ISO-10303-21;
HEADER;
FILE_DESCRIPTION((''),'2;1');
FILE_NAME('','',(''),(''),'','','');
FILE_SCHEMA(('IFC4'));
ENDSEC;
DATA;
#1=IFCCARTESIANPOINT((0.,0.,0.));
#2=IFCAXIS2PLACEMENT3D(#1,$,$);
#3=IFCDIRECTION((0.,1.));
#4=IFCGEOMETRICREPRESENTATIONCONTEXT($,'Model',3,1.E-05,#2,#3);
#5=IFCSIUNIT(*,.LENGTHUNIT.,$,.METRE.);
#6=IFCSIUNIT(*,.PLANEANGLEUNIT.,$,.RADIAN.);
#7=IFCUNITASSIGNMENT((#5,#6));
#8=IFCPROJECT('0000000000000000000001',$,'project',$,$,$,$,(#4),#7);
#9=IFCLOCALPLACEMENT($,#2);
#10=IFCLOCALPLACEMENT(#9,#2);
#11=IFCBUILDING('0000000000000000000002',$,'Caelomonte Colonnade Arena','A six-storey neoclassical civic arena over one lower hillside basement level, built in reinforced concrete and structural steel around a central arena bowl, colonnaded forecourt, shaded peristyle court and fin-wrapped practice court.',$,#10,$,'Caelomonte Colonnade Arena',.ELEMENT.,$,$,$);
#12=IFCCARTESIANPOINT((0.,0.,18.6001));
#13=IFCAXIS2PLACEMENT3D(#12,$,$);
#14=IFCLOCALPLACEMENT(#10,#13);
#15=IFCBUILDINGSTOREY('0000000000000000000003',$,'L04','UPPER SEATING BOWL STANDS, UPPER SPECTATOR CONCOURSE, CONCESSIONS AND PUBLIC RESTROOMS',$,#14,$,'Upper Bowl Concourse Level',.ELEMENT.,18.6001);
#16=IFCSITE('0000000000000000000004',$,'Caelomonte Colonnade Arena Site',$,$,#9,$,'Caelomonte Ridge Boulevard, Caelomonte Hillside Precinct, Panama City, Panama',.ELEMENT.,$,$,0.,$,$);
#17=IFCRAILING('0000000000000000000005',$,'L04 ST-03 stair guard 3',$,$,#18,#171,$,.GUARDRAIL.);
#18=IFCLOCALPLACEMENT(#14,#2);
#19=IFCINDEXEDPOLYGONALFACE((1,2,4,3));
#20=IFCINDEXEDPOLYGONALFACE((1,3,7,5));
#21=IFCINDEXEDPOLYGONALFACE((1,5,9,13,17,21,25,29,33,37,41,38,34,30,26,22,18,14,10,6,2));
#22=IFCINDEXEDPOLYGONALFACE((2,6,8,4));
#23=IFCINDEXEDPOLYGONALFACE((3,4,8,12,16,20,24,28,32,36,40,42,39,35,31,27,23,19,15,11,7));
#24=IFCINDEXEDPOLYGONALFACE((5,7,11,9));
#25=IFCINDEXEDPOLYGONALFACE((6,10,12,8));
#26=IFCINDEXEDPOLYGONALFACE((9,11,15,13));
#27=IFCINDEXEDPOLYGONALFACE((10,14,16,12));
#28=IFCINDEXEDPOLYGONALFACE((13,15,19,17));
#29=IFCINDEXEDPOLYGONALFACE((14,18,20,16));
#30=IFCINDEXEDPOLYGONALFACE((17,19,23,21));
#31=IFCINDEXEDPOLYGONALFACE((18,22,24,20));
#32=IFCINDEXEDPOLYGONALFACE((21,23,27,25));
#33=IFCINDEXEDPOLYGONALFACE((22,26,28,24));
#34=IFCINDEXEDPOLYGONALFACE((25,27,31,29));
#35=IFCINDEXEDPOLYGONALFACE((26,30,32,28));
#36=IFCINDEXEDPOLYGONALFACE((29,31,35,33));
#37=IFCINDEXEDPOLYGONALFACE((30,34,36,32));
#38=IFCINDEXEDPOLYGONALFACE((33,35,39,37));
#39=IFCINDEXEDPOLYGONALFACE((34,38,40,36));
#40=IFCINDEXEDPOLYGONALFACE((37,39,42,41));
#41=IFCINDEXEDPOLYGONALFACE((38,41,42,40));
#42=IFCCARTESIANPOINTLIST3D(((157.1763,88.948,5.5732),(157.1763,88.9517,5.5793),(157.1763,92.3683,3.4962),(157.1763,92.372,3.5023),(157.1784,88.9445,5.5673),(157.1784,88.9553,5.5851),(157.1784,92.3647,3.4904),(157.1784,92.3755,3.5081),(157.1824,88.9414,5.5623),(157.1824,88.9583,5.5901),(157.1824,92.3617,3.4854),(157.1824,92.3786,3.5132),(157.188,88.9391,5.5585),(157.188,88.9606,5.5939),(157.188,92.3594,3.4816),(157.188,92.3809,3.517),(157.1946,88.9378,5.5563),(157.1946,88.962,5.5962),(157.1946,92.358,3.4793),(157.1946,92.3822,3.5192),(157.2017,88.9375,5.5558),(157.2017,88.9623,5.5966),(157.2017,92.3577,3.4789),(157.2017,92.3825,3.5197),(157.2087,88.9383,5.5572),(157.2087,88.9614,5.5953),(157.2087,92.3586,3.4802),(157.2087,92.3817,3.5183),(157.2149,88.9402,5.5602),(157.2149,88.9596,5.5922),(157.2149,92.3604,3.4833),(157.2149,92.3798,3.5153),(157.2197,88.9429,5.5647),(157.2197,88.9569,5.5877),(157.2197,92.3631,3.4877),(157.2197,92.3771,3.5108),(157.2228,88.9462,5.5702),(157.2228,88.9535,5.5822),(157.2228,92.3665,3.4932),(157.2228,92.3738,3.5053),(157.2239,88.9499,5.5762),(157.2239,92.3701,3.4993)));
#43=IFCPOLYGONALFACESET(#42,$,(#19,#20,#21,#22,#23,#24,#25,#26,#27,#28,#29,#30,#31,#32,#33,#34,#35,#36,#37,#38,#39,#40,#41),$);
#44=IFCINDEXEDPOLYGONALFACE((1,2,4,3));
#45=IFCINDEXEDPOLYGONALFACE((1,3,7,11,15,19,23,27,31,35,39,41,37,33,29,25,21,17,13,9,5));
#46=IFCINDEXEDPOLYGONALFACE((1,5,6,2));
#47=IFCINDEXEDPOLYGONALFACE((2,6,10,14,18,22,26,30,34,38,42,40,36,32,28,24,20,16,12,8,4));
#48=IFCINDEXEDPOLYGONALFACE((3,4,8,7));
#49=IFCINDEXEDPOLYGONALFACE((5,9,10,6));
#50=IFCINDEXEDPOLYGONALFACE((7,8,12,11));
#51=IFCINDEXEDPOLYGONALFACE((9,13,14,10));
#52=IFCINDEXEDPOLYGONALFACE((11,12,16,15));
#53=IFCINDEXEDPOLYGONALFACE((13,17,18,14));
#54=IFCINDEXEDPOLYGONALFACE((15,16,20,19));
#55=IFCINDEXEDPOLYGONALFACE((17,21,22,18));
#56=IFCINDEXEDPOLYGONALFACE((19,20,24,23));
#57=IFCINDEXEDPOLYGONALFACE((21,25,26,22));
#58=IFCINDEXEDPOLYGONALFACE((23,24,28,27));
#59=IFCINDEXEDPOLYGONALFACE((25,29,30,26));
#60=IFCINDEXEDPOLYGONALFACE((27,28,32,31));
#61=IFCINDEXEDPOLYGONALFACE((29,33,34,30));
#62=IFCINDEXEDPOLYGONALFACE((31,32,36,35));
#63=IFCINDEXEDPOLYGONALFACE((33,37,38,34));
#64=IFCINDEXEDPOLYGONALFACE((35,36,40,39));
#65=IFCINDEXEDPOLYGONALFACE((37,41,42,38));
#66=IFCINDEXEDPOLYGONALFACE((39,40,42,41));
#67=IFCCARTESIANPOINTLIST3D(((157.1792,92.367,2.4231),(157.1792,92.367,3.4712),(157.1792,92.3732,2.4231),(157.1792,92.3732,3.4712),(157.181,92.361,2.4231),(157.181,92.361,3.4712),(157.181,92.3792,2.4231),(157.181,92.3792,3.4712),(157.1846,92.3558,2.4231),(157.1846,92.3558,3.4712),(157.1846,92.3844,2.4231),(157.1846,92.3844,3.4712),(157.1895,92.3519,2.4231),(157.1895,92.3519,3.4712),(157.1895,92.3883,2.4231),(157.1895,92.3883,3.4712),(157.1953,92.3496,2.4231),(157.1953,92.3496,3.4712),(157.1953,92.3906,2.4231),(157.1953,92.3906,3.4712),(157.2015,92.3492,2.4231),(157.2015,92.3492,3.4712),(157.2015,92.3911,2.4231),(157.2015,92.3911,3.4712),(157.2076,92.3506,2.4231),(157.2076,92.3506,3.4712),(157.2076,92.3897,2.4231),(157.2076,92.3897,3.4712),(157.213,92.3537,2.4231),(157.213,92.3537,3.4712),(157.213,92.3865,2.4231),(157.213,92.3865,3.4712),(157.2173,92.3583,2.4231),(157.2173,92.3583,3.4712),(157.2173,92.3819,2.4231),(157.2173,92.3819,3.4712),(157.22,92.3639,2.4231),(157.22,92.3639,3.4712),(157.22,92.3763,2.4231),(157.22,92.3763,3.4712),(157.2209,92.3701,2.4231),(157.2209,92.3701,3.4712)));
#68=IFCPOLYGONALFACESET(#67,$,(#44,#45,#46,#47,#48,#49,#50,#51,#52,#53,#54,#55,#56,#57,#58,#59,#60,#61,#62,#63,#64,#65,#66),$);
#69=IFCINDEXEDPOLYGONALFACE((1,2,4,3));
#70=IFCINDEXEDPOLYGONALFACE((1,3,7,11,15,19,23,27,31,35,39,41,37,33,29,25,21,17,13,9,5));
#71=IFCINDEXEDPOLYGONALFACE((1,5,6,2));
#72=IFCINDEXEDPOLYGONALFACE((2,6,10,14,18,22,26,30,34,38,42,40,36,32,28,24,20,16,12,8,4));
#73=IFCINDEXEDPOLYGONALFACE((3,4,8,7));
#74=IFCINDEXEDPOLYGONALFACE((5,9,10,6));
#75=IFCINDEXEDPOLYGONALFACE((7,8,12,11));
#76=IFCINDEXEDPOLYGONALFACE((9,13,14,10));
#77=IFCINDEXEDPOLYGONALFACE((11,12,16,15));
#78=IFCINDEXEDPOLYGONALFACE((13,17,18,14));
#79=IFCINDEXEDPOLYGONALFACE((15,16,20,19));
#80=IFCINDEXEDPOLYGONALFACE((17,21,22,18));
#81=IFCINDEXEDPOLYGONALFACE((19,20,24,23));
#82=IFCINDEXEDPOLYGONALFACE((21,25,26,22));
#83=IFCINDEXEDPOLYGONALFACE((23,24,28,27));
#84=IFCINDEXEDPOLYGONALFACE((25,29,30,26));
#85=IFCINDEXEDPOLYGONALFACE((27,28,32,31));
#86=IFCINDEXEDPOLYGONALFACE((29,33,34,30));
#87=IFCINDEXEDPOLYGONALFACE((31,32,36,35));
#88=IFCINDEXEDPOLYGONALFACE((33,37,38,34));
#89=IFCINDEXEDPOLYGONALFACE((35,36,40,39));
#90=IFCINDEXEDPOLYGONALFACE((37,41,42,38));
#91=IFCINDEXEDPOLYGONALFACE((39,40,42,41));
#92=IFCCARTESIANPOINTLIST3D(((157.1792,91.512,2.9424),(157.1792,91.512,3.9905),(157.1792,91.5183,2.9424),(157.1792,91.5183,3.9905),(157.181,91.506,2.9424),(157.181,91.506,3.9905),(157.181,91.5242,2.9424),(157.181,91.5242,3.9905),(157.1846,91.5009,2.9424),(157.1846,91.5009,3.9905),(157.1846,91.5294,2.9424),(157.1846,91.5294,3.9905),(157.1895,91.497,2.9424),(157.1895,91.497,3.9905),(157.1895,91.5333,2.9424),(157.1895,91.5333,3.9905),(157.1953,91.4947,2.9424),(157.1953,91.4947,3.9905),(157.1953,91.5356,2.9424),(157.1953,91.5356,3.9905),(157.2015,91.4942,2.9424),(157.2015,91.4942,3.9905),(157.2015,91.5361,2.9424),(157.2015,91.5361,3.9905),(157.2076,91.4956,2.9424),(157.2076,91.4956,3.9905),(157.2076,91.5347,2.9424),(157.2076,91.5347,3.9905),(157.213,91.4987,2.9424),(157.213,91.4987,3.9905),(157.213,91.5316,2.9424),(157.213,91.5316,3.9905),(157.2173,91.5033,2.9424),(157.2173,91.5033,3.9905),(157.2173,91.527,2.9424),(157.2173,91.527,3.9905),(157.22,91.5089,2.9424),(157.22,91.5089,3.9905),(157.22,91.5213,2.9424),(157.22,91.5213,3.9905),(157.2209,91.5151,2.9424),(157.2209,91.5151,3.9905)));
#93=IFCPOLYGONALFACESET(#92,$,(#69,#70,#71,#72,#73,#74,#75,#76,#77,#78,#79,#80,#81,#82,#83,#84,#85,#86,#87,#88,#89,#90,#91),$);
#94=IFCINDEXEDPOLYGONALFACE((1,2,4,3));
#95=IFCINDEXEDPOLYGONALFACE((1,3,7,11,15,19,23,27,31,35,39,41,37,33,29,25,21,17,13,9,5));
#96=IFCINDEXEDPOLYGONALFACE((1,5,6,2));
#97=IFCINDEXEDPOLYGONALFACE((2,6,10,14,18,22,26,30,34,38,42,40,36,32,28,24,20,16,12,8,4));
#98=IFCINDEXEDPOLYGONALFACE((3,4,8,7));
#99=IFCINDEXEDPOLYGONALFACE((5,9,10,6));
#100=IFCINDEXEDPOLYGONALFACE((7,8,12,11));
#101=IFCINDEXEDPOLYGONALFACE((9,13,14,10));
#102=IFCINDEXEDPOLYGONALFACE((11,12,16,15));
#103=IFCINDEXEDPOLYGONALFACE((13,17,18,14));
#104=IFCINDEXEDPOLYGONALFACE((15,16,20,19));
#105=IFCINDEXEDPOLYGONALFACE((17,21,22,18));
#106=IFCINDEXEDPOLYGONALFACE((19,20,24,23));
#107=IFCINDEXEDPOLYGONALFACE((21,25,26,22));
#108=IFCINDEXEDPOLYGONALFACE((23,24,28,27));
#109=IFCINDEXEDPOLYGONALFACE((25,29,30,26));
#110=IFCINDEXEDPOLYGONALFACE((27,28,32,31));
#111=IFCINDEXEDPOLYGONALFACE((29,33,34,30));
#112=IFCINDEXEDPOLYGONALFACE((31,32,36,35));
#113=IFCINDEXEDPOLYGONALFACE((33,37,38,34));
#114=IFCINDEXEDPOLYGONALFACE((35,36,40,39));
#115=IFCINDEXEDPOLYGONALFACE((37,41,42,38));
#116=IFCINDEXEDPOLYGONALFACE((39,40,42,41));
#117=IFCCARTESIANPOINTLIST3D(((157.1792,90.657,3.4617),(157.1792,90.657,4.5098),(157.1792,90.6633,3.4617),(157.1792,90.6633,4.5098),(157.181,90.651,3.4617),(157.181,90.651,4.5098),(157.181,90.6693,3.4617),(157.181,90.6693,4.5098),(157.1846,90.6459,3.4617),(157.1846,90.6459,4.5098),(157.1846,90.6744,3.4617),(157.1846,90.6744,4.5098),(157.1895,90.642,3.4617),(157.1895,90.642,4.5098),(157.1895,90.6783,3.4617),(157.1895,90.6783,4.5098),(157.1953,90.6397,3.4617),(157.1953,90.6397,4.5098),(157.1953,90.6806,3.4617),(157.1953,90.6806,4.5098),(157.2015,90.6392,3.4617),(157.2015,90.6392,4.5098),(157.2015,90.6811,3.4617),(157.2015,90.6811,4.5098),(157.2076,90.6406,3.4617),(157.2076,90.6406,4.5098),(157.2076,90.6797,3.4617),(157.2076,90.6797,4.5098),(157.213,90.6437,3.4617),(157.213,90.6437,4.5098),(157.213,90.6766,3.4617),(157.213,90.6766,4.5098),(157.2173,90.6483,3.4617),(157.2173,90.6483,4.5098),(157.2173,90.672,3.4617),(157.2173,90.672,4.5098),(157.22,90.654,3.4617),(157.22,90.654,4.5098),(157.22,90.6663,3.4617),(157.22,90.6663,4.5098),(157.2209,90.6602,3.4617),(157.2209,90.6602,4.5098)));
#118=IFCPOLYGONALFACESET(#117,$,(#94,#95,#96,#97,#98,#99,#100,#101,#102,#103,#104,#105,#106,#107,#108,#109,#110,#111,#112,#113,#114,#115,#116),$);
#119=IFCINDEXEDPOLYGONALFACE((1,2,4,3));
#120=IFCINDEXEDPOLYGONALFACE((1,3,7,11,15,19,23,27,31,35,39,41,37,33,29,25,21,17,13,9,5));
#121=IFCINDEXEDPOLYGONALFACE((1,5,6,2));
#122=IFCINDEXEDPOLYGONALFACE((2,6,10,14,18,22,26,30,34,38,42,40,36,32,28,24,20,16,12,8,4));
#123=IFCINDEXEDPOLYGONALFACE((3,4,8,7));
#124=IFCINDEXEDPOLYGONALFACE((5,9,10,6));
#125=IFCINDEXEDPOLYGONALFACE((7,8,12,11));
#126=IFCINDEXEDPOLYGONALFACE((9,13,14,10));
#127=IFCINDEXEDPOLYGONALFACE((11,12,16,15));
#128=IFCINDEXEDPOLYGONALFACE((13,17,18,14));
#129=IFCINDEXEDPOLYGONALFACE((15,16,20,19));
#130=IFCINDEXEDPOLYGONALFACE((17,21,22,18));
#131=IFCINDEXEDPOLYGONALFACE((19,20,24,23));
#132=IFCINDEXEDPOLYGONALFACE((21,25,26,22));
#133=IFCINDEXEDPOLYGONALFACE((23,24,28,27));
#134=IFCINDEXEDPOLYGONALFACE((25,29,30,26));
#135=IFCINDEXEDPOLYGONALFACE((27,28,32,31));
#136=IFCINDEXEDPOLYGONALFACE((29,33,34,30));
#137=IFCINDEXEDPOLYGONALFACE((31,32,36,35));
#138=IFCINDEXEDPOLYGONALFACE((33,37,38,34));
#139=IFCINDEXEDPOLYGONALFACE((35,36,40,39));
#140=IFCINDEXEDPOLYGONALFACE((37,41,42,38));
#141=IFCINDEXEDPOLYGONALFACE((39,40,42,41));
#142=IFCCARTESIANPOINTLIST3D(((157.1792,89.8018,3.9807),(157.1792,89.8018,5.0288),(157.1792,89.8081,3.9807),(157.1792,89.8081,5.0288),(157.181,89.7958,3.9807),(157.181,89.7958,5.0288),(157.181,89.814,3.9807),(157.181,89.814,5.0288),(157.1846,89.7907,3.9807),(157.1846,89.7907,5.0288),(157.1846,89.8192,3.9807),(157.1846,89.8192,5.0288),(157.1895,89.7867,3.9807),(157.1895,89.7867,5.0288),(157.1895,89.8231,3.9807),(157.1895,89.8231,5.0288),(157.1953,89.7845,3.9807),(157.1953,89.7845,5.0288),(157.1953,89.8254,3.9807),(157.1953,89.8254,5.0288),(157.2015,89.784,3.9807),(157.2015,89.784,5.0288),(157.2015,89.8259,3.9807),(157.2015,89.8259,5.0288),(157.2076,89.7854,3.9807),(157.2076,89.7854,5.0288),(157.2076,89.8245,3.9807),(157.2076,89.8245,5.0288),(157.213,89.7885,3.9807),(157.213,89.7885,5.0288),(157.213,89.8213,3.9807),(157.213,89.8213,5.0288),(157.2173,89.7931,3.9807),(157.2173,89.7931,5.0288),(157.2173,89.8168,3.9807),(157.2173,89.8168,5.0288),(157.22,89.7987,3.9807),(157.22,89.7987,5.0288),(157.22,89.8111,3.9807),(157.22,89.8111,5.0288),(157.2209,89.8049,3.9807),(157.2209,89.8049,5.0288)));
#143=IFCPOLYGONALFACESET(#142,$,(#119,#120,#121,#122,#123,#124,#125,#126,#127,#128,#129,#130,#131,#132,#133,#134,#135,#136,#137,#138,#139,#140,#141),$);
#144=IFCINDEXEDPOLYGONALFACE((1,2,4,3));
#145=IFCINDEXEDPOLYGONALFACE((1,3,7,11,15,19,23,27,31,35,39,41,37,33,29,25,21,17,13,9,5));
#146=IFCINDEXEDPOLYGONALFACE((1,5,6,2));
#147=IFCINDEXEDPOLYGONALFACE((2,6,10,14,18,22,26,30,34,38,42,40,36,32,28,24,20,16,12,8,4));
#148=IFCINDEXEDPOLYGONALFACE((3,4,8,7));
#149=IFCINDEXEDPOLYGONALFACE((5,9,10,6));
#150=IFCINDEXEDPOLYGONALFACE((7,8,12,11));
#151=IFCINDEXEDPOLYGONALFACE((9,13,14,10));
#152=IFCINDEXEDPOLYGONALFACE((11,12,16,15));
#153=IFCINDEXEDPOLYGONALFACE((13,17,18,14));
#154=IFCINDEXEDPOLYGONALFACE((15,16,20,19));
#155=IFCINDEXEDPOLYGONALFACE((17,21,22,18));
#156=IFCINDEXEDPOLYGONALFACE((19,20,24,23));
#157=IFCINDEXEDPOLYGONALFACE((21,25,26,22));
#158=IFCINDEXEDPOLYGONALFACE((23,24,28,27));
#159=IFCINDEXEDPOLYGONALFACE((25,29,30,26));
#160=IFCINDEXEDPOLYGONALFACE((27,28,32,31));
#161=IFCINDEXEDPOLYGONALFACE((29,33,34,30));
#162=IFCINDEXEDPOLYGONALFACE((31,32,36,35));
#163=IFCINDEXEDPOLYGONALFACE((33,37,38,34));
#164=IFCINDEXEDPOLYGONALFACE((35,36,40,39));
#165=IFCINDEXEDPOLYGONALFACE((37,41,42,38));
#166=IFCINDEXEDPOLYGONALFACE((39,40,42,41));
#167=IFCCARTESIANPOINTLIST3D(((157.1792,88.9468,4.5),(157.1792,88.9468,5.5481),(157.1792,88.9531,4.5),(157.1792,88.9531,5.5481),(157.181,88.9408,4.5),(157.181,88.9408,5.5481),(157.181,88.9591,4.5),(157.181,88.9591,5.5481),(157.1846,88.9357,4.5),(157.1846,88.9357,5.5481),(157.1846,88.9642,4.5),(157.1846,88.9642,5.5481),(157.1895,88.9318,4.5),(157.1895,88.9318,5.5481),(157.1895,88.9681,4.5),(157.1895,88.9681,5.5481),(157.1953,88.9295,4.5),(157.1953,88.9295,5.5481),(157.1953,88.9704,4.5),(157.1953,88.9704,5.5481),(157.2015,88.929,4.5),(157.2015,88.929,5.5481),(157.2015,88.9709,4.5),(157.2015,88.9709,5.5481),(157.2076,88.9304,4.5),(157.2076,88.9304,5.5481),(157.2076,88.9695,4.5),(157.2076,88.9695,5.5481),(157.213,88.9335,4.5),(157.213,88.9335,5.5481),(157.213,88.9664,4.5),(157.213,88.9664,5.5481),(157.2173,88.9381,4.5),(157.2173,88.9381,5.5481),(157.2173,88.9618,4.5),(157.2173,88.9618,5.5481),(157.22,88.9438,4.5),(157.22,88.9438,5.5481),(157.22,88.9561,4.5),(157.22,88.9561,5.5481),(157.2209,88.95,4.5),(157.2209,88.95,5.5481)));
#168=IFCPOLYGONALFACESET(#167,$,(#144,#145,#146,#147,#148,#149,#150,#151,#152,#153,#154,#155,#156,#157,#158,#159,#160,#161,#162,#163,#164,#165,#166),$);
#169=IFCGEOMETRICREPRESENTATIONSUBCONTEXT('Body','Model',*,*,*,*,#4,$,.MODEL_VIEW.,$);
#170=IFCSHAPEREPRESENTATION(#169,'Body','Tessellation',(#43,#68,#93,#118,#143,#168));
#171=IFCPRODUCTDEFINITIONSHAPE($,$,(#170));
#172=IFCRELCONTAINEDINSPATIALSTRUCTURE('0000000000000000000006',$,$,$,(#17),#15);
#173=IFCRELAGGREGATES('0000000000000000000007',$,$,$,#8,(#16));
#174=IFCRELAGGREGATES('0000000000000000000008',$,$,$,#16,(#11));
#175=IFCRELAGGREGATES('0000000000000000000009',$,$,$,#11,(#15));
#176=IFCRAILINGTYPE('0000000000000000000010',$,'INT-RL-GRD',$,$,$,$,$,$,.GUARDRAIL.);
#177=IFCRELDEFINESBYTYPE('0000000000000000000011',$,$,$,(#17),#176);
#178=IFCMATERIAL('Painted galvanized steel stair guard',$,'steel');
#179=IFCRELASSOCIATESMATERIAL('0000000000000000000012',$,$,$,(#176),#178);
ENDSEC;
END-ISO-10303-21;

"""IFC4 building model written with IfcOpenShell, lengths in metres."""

from ifc_helpers import new_model, si_unit, direction, frame, origin, origin_2d, place, context, subcontext, project, spatial, circle, extrude, material, type_object, element, save


model = new_model("IFC4")

# Units and contexts
model_context = context("Model", 3, precision=1e-05, world=origin(), true_north=direction((0.0, 1.0)))
body_context = subcontext(model_context, "Body", "Model", "MODEL_VIEW")
ifc_project = project(units=[si_unit("LENGTHUNIT", "METRE"), si_unit("PLANEANGLEUNIT", "RADIAN")], contexts=[model_context])

# Site, building, storey
site_placement = place(None, origin())
site = spatial("IfcSite", under=ifc_project, at=site_placement, Name="Caelomonte Colonnade Arena Site", LongName="Caelomonte Ridge Boulevard, Caelomonte Hillside Precinct, Panama City, Panama", CompositionType="ELEMENT", RefElevation=0.0)
building_placement = place(site_placement, origin())
building = spatial("IfcBuilding", under=site, at=building_placement, Name="Caelomonte Colonnade Arena", Description="A six-storey neoclassical civic arena over one lower hillside basement level, built in reinforced concrete and structural steel around a central arena bowl, colonnaded forecourt, shaded peristyle court and fin-wrapped practice court.", LongName="Caelomonte Colonnade Arena", CompositionType="ELEMENT")
storey_placement = place(building_placement, frame((0.0, 0.0, 18.6001)))
storey = spatial("IfcBuildingStorey", under=building, at=storey_placement, Name="L04", Description="UPPER SEATING BOWL STANDS, UPPER SPECTATOR CONCOURSE, CONCESSIONS AND PUBLIC RESTROOMS", LongName="Upper Bowl Concourse Level", CompositionType="ELEMENT", Elevation=18.6001)

# Railing
ifc_material_1 = material(Name="Painted galvanized steel stair guard", Category="steel")
railing_type_1 = type_object("IfcRailingType", Name="INT-RL-GRD", PredefinedType="GUARDRAIL", material=ifc_material_1)
railing_1_placement = place(storey_placement, frame((157.2, 92.3701, 2.4231)))
element("IfcRailing", 1, at=railing_1_placement, inside=storey, type_object=railing_type_1, Name="L04 ST-03 stair guard 3", PredefinedType="GUARDRAIL", context=body_context, shape_type="SweptSolid", body=[
    extrude(circle(Radius=0.0239, at=origin_2d()), frame((0.0, 0.0, 1.0762), z_axis=(0.0, -0.854746, 0.519047), x_axis=(1.0, 0.0, 0.0)), (0.0, 0.0, 1.0), 4.0015),
    extrude(circle(Radius=0.021, at=origin_2d()), origin(), (0.0, 0.0, 1.0), 1.0481),
    extrude(circle(Radius=0.021, at=origin_2d()), frame((0.0, -0.855, 0.5193)), (0.0, 0.0, 1.0), 1.0481),
    extrude(circle(Radius=0.021, at=origin_2d()), frame((0.0, -1.71, 1.0386)), (0.0, 0.0, 1.0), 1.0481),
    extrude(circle(Radius=0.021, at=origin_2d()), frame((0.0, -2.5652, 1.5576)), (0.0, 0.0, 1.0), 1.0481),
    extrude(circle(Radius=0.021, at=origin_2d()), frame((0.0, -3.4202, 2.0769)), (0.0, 0.0, 1.0), 1.0481),
])

save(model, "model.ifc")
